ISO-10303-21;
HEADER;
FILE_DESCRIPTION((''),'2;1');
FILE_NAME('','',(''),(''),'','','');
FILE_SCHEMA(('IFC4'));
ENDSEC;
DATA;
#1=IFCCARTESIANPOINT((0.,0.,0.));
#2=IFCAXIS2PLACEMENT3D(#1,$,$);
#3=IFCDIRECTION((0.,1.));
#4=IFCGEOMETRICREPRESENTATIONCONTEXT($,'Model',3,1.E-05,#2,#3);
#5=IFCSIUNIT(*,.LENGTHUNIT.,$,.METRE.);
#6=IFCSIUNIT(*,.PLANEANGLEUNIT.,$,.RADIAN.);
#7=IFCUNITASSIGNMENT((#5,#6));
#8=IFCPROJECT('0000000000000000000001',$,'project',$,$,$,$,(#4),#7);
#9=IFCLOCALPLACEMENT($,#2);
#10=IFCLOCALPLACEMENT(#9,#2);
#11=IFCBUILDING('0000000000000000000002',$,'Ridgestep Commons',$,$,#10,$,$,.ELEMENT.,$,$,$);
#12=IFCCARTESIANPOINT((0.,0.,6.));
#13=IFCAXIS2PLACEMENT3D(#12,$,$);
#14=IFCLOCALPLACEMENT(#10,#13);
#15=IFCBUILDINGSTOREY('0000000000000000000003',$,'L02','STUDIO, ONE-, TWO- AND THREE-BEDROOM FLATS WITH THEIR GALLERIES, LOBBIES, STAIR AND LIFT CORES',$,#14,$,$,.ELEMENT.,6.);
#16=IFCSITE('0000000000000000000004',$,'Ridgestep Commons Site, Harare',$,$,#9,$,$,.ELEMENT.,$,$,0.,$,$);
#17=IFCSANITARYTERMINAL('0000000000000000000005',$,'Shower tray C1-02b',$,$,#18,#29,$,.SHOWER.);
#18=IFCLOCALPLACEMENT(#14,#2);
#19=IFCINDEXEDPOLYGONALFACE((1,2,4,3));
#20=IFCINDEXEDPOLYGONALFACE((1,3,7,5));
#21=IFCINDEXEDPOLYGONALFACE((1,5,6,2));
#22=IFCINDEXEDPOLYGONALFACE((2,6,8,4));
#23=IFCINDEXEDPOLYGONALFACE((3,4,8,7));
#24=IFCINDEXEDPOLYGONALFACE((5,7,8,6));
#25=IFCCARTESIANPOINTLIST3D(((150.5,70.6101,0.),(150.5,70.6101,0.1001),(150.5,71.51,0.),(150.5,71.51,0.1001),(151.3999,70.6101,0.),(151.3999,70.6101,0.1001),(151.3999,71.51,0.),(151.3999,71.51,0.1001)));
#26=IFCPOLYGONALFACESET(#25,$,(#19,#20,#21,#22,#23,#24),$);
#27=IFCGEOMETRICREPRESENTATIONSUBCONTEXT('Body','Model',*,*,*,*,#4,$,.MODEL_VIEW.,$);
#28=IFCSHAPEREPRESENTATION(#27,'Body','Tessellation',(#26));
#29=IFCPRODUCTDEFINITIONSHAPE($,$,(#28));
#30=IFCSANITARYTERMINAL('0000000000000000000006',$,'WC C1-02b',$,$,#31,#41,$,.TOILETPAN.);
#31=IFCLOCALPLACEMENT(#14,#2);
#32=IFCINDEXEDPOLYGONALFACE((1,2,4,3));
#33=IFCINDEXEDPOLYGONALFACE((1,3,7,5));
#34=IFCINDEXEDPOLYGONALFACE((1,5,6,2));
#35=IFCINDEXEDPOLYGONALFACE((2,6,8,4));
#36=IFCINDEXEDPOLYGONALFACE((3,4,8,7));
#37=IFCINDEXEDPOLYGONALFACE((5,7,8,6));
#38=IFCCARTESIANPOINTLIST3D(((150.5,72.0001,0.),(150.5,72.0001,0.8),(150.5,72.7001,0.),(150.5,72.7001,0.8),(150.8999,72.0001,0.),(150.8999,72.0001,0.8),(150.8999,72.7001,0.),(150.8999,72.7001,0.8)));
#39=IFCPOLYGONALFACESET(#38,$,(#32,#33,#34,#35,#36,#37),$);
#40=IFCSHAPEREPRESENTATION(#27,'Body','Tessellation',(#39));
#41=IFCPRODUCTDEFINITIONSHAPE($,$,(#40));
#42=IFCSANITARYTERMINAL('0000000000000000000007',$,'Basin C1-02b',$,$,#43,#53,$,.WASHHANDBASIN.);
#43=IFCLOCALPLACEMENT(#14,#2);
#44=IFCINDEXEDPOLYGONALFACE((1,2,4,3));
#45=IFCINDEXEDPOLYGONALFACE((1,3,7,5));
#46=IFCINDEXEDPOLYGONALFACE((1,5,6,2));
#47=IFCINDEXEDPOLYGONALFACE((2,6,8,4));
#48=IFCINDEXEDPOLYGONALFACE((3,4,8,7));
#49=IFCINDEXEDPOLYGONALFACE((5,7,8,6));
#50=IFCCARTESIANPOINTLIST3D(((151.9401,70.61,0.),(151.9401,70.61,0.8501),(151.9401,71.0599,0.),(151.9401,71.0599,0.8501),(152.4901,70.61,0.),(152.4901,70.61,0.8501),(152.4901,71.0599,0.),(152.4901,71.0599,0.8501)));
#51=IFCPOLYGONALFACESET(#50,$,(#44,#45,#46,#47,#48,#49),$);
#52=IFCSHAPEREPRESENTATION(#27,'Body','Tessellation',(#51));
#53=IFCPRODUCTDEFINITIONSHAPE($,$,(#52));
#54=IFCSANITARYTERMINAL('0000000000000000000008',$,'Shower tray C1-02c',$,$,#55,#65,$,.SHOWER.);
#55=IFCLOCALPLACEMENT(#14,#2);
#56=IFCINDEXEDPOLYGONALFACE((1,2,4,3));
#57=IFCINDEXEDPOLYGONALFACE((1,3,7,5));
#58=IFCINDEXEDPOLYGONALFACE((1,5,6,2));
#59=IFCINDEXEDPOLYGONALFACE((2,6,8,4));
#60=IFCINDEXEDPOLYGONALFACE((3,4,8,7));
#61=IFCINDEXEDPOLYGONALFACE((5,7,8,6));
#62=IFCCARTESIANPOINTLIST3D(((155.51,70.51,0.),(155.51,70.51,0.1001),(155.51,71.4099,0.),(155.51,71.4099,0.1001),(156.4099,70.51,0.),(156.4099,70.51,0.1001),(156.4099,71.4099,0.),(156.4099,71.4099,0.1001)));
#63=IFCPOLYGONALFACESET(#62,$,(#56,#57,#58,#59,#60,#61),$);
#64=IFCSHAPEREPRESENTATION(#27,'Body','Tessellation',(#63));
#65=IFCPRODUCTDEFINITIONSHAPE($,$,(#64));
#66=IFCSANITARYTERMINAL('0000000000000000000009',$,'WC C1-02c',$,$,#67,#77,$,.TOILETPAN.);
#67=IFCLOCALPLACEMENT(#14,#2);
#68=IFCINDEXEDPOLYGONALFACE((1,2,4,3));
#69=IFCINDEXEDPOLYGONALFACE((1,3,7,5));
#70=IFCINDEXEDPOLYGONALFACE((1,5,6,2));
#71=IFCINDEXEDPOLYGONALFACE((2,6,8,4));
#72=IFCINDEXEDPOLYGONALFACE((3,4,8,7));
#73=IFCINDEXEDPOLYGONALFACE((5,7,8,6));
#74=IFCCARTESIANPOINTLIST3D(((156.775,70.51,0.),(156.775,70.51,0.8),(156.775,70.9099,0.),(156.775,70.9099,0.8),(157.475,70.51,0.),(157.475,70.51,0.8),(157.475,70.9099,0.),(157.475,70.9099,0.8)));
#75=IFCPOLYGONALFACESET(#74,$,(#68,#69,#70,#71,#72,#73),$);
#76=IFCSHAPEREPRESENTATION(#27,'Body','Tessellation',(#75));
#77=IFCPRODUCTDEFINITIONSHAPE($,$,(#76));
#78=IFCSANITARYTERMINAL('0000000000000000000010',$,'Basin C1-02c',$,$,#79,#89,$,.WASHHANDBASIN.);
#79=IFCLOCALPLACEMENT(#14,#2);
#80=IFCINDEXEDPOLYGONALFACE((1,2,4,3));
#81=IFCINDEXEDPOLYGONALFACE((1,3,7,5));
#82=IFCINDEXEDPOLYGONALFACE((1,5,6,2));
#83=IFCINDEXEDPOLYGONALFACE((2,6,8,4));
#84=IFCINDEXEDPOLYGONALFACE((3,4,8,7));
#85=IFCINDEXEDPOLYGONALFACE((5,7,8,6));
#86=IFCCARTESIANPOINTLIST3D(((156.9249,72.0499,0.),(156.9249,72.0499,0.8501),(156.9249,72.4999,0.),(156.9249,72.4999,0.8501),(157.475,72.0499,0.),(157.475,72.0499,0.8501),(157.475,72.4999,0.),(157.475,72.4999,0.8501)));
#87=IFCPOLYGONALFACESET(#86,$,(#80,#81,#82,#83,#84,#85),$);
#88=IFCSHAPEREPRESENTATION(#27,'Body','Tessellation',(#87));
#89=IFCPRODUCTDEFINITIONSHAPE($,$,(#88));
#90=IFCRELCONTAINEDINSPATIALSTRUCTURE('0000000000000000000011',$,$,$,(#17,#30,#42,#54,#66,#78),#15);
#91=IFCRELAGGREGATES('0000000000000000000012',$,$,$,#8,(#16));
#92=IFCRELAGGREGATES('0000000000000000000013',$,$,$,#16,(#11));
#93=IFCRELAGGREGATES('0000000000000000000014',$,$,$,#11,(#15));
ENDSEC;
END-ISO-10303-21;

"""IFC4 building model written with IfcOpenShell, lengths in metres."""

from ifc_helpers import new_model, si_unit, direction, frame, origin, origin_2d, place, context, subcontext, project, spatial, rectangle, extrude, element, save


model = new_model("IFC4")

# Units and contexts
model_context = context("Model", 3, precision=1e-05, world=origin(), true_north=direction((0.0, 1.0)))
body_context = subcontext(model_context, "Body", "Model", "MODEL_VIEW")
ifc_project = project(units=[si_unit("LENGTHUNIT", "METRE"), si_unit("PLANEANGLEUNIT", "RADIAN")], contexts=[model_context])

# Site, building, storey
site_placement = place(None, origin())
site = spatial("IfcSite", under=ifc_project, at=site_placement, Name="Ridgestep Commons Site, Harare", CompositionType="ELEMENT", RefElevation=0.0)
building_placement = place(site_placement, origin())
building = spatial("IfcBuilding", under=site, at=building_placement, Name="Ridgestep Commons", CompositionType="ELEMENT")
storey_placement = place(building_placement, frame((0.0, 0.0, 6.0)))
storey = spatial("IfcBuildingStorey", under=building, at=storey_placement, Name="L02", Description="STUDIO, ONE-, TWO- AND THREE-BEDROOM FLATS WITH THEIR GALLERIES, LOBBIES, STAIR AND LIFT CORES", CompositionType="ELEMENT", Elevation=6.0)

# Sanitary terminals
sanitary_terminal_1_placement = place(storey_placement, frame((150.95, 71.0601, 0.0), z_axis=(0.0, 0.0, 1.0), x_axis=(1.0, 0.0, 0.0)))
element("IfcSanitaryTerminal", 1, at=sanitary_terminal_1_placement, inside=storey, Name="Shower tray C1-02b", PredefinedType="SHOWER", context=body_context, shape_type="SweptSolid", body=[
    extrude(rectangle(XDim=0.8999, YDim=0.8999, at=origin_2d()), origin(), (0.0, 0.0, 1.0), 0.1001),
])
sanitary_terminal_2_placement = place(storey_placement, frame((150.7, 72.3501, 0.0), z_axis=(0.0, 0.0, 1.0), x_axis=(1.0, 0.0, 0.0)))
element("IfcSanitaryTerminal", 2, at=sanitary_terminal_2_placement, inside=storey, Name="WC C1-02b", PredefinedType="TOILETPAN", context=body_context, shape_type="SweptSolid", body=[
    extrude(rectangle(XDim=0.3999, YDim=0.7, at=origin_2d()), origin(), (0.0, 0.0, 1.0), 0.8),
])
sanitary_terminal_3_placement = place(storey_placement, frame((152.2151, 70.835, 0.0), z_axis=(0.0, 0.0, 1.0), x_axis=(1.0, 0.0, 0.0)))
element("IfcSanitaryTerminal", 3, at=sanitary_terminal_3_placement, inside=storey, Name="Basin C1-02b", PredefinedType="WASHHANDBASIN", context=body_context, shape_type="SweptSolid", body=[
    extrude(rectangle(XDim=0.55, YDim=0.45, at=origin_2d()), origin(), (0.0, 0.0, 1.0), 0.8501),
])
sanitary_terminal_4_placement = place(storey_placement, frame((155.96, 70.96, 0.0), z_axis=(0.0, 0.0, 1.0), x_axis=(1.0, 0.0, 0.0)))
element("IfcSanitaryTerminal", 4, at=sanitary_terminal_4_placement, inside=storey, Name="Shower tray C1-02c", PredefinedType="SHOWER", context=body_context, shape_type="SweptSolid", body=[
    extrude(rectangle(XDim=0.8999, YDim=0.8999, at=origin_2d()), origin(), (0.0, 0.0, 1.0), 0.1001),
])
sanitary_terminal_5_placement = place(storey_placement, frame((157.125, 70.71, 0.0), z_axis=(0.0, 0.0, 1.0), x_axis=(1.0, 0.0, 0.0)))
element("IfcSanitaryTerminal", 5, at=sanitary_terminal_5_placement, inside=storey, Name="WC C1-02c", PredefinedType="TOILETPAN", context=body_context, shape_type="SweptSolid", body=[
    extrude(rectangle(XDim=0.7, YDim=0.3999, at=origin_2d()), origin(), (0.0, 0.0, 1.0), 0.8),
])
sanitary_terminal_6_placement = place(storey_placement, frame((157.2, 72.2749, 0.0), z_axis=(0.0, 0.0, 1.0), x_axis=(1.0, 0.0, 0.0)))
element("IfcSanitaryTerminal", 6, at=sanitary_terminal_6_placement, inside=storey, Name="Basin C1-02c", PredefinedType="WASHHANDBASIN", context=body_context, shape_type="SweptSolid", body=[
    extrude(rectangle(XDim=0.55, YDim=0.45, at=origin_2d()), origin(), (0.0, 0.0, 1.0), 0.8501),
])

save(model, "model.ifc")
